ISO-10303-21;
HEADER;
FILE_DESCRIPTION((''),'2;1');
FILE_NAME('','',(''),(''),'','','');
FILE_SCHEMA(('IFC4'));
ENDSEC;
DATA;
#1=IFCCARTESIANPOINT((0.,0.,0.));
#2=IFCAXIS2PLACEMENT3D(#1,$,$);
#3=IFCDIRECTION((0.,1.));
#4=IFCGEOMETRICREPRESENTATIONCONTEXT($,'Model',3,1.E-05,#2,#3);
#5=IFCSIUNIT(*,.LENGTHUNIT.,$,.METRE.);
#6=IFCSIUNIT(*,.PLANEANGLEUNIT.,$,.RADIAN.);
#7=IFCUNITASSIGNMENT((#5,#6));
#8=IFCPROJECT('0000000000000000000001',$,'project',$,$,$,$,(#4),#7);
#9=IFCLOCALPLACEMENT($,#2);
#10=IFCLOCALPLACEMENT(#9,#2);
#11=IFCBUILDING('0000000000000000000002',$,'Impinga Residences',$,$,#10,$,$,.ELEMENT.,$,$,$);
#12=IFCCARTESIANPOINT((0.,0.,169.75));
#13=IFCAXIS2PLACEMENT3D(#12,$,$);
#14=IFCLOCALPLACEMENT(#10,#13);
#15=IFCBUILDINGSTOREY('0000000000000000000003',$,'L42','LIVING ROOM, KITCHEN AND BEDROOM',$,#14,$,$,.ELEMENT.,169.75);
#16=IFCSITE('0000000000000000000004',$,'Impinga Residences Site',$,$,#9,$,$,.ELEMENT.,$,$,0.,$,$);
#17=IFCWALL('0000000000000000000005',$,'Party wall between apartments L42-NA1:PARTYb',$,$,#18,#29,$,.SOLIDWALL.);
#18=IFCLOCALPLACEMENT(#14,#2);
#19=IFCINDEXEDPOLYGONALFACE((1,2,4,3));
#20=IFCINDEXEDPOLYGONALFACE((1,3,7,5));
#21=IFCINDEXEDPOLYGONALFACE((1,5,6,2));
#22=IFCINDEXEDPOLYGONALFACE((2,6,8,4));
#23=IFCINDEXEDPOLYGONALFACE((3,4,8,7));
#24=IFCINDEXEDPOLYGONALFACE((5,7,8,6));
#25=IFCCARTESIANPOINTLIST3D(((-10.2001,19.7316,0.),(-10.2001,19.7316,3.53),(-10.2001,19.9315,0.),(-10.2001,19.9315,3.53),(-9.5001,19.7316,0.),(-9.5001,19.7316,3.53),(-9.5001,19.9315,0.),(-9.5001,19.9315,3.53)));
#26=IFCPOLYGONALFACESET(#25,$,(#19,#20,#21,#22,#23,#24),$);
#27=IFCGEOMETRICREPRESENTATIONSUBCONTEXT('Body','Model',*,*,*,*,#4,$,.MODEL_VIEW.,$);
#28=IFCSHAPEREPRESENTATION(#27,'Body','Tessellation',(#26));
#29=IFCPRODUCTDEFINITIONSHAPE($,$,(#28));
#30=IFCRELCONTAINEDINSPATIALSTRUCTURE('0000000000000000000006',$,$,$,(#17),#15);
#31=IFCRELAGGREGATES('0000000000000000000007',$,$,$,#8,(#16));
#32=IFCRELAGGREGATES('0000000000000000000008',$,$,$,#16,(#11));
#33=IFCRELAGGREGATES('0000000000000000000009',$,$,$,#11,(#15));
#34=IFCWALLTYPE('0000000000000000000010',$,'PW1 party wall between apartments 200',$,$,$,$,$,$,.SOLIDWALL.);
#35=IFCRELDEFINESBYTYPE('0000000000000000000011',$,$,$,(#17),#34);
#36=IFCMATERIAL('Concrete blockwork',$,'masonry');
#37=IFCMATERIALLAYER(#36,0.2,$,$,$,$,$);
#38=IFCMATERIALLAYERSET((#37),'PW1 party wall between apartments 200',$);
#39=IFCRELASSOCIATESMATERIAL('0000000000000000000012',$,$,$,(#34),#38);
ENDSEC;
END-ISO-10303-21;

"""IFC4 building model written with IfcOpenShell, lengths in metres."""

from ifc_helpers import new_model, si_unit, direction, frame, frame_2d, origin, place, context, subcontext, project, spatial, rectangle, extrude, material, layer, layer_set, type_object, element, save


model = new_model("IFC4")

# Units and contexts
model_context = context("Model", 3, precision=1e-05, world=origin(), true_north=direction((0.0, 1.0)))
body_context = subcontext(model_context, "Body", "Model", "MODEL_VIEW")
ifc_project = project(units=[si_unit("LENGTHUNIT", "METRE"), si_unit("PLANEANGLEUNIT", "RADIAN")], contexts=[model_context])

# Site, building, storey
site_placement = place(None, origin())
site = spatial("IfcSite", under=ifc_project, at=site_placement, Name="Impinga Residences Site", CompositionType="ELEMENT", RefElevation=0.0)
building_placement = place(site_placement, origin())
building = spatial("IfcBuilding", under=site, at=building_placement, Name="Impinga Residences", CompositionType="ELEMENT")
storey_placement = place(building_placement, frame((0.0, 0.0, 169.75)))
storey = spatial("IfcBuildingStorey", under=building, at=storey_placement, Name="L42", Description="LIVING ROOM, KITCHEN AND BEDROOM", CompositionType="ELEMENT", Elevation=169.75)

# Shared definitions
ifc_material_1 = material(Name="Concrete blockwork", Category="masonry")

# Wall
ifc_layer_1 = layer(ifc_material_1, 0.2)
ifc_layer_set_1 = layer_set([ifc_layer_1], Name="PW1 party wall between apartments 200")
wall_type_1 = type_object("IfcWallType", Name="PW1 party wall between apartments 200", PredefinedType="SOLIDWALL", material=ifc_layer_set_1)
wall_1_placement = place(storey_placement, frame((-9.5, 19.8315, 0.0), z_axis=(0.0, 0.0, 1.0), x_axis=(-1.0, 0.0, 0.0)))
element("IfcWall", 1, at=wall_1_placement, inside=storey, type_object=wall_type_1, Name="Party wall between apartments L42-NA1:PARTYb", PredefinedType="SOLIDWALL", context=body_context, shape_type="SweptSolid", body=[
    extrude(rectangle(XDim=0.7, YDim=0.2, at=frame_2d((0.3501, 0.0))), origin(), (0.0, 0.0, 1.0), 3.53),
])

save(model, "model.ifc")
